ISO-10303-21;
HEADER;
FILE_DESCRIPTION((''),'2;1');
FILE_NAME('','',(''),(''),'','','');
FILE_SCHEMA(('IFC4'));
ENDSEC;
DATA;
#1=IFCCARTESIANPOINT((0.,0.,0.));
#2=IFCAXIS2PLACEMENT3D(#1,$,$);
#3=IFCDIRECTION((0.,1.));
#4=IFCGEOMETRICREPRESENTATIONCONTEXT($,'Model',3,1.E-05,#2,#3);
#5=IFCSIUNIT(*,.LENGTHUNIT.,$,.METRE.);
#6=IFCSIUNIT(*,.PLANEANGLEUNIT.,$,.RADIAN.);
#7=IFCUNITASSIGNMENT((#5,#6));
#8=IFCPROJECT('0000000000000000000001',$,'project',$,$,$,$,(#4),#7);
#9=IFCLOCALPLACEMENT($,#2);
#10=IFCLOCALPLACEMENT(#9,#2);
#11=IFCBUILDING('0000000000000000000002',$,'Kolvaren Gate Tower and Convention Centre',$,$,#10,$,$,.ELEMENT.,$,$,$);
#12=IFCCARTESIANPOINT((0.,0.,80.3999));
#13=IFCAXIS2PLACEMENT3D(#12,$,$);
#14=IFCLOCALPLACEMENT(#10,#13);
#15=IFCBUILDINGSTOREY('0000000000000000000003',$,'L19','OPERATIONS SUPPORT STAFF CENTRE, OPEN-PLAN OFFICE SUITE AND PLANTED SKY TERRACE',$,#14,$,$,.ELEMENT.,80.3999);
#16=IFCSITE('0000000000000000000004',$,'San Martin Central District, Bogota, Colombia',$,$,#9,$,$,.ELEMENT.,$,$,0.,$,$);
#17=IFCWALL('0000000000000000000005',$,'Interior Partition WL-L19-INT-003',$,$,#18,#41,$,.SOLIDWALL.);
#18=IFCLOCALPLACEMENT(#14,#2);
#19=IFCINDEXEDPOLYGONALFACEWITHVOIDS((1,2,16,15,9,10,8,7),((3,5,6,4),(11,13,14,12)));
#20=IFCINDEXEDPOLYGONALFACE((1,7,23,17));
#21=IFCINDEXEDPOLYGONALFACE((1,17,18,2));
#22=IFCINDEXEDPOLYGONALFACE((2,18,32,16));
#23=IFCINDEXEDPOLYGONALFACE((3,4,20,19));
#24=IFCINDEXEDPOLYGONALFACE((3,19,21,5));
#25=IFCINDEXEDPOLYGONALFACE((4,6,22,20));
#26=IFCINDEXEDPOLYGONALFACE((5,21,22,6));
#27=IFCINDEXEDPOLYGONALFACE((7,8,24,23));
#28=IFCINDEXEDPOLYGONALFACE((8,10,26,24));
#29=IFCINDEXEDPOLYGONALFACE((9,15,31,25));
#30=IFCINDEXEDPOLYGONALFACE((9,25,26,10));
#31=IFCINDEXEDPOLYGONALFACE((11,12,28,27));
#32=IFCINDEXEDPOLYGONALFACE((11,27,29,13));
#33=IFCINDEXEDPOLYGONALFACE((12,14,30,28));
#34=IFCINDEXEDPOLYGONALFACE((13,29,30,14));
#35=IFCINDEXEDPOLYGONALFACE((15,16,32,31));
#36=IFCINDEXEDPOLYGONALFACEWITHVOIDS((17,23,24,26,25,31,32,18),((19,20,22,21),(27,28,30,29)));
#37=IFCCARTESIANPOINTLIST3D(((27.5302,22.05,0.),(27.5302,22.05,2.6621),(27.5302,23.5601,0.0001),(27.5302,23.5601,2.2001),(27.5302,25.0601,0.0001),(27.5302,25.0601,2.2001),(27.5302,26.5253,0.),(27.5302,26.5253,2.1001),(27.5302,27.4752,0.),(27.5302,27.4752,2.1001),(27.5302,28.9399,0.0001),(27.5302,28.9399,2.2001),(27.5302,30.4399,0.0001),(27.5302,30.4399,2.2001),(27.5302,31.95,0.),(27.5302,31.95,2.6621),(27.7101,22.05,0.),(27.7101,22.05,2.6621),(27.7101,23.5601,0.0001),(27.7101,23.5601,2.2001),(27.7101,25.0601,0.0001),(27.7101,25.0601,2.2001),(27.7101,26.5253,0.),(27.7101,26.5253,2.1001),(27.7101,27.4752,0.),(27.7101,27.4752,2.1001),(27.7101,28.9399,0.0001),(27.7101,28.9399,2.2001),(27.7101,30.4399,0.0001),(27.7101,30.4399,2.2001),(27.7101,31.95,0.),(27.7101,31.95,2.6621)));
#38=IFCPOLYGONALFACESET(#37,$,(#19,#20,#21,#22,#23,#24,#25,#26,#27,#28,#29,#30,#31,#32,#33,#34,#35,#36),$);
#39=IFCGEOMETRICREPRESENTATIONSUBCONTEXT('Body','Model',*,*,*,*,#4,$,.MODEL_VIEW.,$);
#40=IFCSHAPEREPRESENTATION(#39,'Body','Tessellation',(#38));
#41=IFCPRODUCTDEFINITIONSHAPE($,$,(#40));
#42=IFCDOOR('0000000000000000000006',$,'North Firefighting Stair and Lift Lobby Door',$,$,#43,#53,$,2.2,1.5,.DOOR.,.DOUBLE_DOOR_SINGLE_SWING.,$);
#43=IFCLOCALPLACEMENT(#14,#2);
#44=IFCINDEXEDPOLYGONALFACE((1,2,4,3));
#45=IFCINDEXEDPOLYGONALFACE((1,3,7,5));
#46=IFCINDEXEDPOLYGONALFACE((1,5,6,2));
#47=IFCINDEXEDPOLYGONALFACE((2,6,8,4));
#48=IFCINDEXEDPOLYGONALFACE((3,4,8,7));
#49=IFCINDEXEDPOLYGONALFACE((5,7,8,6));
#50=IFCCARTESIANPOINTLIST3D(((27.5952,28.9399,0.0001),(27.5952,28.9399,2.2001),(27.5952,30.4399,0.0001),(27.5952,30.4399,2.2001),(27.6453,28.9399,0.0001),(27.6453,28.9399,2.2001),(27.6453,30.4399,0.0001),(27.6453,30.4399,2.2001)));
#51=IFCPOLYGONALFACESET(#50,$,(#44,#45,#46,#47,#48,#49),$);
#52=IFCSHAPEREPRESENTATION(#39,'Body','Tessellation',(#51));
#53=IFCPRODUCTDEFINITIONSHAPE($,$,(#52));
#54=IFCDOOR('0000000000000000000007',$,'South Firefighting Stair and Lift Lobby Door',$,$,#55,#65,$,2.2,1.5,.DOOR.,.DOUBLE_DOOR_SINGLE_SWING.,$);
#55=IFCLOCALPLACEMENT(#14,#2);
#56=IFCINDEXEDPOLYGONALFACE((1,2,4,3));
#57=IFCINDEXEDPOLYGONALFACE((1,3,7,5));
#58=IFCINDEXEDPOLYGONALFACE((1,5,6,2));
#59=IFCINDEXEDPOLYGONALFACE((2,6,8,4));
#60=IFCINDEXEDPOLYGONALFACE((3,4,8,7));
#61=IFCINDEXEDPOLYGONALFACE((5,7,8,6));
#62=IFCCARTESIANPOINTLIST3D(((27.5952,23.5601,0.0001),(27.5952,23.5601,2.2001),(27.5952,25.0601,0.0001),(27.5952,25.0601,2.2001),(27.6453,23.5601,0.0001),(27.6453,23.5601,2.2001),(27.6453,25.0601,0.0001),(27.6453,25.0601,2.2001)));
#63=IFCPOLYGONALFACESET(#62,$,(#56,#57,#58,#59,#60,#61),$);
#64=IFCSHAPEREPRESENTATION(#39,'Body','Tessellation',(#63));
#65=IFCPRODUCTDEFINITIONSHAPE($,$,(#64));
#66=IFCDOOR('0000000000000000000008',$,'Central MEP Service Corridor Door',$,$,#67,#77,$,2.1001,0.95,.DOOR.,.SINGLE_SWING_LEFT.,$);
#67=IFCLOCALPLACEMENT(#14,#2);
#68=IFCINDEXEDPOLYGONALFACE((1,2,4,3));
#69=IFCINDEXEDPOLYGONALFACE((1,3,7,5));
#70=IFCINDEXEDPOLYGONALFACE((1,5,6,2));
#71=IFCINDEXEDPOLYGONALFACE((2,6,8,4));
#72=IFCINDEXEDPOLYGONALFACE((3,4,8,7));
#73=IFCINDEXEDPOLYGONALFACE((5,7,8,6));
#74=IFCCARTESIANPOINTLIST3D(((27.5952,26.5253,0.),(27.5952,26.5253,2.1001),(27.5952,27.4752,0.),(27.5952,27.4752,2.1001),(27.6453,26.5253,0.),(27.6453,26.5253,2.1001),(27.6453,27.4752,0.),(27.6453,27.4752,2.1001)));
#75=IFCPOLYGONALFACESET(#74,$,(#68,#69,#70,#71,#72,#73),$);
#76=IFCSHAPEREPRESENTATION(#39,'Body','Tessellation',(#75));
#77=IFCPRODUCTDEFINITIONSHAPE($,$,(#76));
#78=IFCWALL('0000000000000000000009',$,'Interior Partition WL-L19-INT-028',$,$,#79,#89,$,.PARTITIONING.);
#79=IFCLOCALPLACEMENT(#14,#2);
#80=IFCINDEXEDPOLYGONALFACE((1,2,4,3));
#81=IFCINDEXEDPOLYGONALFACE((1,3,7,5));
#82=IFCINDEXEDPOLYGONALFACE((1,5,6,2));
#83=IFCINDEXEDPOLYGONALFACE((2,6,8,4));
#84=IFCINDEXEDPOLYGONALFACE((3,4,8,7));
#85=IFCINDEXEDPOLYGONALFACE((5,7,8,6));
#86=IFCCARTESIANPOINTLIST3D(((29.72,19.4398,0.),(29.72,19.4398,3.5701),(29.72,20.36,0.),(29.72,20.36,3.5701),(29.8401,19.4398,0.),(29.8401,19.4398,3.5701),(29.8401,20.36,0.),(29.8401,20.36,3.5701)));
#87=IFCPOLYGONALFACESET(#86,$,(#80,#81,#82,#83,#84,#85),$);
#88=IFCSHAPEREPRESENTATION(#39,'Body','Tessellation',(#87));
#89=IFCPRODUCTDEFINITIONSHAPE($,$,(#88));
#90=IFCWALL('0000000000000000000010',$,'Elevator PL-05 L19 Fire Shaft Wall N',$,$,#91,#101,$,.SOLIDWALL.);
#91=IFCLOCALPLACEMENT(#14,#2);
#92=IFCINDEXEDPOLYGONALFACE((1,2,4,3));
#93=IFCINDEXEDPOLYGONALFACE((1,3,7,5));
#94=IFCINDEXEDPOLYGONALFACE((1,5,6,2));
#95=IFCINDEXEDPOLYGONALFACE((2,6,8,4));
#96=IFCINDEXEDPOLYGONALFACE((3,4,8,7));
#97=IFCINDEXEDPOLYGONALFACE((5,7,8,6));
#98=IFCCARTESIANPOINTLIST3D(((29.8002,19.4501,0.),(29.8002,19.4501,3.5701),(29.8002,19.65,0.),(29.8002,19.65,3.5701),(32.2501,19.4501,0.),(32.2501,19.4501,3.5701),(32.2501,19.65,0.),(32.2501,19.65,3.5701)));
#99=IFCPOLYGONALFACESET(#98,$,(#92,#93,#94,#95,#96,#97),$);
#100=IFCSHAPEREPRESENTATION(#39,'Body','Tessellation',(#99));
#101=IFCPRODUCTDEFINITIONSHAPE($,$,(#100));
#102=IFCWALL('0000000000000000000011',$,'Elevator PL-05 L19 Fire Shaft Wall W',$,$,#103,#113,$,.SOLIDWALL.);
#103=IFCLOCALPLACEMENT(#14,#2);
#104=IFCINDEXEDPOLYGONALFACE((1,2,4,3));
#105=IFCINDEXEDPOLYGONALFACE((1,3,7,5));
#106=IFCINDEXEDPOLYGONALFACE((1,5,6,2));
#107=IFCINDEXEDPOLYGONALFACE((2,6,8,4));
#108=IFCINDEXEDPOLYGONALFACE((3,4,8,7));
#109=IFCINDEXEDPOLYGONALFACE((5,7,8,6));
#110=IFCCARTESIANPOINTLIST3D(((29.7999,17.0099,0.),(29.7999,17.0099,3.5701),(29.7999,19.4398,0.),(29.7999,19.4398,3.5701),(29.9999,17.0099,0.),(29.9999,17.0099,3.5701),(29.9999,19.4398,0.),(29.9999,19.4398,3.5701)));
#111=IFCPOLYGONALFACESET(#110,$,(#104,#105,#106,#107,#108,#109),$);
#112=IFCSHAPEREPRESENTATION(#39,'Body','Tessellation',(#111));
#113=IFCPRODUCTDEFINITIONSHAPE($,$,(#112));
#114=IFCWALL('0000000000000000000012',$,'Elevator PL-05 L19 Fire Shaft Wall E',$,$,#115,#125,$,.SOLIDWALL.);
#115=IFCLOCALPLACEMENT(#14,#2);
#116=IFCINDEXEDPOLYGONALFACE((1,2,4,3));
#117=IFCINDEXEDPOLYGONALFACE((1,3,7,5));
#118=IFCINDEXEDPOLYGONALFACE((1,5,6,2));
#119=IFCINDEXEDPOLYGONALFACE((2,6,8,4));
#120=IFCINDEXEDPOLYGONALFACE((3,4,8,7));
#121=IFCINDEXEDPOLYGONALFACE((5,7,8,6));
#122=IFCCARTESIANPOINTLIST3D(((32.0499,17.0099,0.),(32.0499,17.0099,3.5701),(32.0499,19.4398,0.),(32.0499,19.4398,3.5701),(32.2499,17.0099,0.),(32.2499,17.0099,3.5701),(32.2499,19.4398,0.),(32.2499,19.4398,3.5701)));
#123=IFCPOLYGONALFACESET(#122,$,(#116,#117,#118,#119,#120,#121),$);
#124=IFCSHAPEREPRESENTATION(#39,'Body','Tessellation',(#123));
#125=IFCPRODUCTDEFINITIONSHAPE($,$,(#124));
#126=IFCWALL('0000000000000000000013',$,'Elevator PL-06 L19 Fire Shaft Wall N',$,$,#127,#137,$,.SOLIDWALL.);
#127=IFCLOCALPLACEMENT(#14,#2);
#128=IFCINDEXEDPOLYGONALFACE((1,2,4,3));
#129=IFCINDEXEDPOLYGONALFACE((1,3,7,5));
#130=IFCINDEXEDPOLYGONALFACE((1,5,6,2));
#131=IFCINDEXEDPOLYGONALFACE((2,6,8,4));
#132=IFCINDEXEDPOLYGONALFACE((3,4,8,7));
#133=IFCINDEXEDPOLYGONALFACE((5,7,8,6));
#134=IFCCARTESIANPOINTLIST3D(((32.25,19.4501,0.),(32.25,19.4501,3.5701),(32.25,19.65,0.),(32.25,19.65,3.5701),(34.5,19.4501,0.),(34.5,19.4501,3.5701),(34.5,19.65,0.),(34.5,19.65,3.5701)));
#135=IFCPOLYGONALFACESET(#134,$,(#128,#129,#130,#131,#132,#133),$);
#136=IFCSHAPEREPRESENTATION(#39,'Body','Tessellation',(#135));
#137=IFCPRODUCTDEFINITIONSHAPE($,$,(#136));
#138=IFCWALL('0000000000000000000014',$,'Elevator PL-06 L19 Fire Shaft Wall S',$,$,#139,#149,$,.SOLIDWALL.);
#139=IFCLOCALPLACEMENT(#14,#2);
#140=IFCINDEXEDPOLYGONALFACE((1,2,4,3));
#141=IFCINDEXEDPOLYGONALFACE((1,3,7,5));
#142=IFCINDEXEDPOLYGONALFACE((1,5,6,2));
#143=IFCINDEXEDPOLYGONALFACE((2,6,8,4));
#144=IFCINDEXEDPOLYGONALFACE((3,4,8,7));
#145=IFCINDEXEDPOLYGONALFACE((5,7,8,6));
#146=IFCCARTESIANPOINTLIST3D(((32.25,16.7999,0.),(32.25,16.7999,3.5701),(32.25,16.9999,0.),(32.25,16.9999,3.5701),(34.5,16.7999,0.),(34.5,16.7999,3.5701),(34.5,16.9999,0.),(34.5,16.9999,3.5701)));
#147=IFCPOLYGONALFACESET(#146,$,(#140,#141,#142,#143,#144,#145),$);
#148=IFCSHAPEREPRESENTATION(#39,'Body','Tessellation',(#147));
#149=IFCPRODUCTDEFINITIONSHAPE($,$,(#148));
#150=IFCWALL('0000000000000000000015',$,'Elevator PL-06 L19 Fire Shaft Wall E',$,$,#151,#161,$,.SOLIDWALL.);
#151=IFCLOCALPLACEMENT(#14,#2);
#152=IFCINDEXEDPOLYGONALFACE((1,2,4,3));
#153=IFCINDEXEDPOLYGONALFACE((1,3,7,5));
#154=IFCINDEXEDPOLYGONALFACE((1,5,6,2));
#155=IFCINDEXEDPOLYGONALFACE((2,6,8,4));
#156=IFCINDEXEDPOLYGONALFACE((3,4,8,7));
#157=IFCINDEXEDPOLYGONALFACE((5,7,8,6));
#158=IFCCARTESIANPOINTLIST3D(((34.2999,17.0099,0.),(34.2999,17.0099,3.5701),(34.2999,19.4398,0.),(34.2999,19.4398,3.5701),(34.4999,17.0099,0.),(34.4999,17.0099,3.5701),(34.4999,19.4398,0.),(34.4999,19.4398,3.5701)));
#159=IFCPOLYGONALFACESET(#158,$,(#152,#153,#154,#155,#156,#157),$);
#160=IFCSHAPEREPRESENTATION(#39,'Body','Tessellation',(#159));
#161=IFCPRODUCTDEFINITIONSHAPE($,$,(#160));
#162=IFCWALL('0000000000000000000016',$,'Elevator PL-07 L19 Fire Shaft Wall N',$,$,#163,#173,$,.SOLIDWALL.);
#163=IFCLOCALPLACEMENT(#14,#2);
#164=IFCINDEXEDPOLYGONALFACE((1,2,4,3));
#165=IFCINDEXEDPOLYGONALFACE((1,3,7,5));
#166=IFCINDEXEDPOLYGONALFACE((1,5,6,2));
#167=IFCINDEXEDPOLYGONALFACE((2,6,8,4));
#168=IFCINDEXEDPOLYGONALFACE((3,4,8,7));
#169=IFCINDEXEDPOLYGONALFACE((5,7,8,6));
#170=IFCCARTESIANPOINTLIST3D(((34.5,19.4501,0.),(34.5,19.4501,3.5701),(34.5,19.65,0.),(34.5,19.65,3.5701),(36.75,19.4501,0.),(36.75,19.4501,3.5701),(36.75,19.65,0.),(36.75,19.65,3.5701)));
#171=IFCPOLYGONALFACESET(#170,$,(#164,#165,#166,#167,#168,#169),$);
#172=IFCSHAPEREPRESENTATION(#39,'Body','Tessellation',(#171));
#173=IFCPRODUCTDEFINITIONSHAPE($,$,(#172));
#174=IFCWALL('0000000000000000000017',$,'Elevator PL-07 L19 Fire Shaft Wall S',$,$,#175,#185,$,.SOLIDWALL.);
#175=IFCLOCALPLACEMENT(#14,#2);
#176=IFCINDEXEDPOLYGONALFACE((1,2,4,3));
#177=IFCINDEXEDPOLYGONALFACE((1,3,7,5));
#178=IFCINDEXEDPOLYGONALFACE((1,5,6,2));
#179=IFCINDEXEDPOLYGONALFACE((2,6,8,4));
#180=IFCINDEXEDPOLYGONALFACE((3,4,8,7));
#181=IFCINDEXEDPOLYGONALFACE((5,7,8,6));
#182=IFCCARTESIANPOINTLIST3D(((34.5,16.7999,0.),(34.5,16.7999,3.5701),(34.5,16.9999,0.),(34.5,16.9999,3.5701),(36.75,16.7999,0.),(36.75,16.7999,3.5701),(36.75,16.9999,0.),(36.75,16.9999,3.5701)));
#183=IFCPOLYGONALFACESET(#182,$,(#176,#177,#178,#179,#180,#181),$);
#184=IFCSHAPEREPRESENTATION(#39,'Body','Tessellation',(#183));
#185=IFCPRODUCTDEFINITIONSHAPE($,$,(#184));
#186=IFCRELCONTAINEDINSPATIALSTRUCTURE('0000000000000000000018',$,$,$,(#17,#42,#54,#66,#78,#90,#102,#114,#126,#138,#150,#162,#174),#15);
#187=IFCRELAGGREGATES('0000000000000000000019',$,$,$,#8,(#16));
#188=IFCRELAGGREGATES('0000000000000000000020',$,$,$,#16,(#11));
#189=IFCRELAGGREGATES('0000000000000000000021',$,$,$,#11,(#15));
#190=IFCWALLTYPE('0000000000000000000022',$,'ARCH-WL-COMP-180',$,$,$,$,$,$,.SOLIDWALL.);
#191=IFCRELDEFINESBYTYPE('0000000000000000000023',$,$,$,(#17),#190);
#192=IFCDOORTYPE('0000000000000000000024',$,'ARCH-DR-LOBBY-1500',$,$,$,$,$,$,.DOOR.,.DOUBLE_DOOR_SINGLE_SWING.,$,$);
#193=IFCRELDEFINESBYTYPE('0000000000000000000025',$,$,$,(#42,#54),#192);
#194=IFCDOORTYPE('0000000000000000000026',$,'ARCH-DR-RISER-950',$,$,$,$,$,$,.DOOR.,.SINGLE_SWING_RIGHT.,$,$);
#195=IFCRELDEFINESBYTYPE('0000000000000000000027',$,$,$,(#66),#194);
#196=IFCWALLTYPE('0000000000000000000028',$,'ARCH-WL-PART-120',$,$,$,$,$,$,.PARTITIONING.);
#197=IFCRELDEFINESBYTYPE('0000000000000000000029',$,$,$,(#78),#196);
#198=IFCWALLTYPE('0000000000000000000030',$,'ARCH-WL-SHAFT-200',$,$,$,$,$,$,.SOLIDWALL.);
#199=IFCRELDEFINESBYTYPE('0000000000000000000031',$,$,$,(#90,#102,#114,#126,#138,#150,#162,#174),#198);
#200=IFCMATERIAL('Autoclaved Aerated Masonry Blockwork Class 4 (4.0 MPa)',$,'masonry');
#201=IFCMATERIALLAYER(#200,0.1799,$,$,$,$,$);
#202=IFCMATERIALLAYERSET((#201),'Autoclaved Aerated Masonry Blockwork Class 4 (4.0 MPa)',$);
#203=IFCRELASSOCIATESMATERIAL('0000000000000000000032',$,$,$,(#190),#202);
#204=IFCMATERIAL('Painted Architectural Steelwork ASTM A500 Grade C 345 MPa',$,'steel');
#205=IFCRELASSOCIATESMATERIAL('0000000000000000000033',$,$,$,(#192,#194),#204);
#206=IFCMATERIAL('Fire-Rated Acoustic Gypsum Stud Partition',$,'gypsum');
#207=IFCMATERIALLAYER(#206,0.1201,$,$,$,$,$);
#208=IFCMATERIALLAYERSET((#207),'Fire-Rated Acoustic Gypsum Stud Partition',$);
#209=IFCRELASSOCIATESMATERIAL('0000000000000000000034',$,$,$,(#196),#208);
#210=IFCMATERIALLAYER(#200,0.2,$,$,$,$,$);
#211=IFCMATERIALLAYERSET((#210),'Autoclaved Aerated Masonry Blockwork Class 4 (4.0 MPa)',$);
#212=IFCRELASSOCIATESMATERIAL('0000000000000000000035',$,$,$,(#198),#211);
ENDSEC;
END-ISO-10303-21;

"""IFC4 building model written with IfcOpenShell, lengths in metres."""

from ifc_helpers import new_model, si_unit, direction, frame, frame_2d, origin, place, context, subcontext, project, spatial, rectangle, extrude, material, layer, layer_set, type_object, element, fill, save


model = new_model("IFC4")

# Units and contexts
model_context = context("Model", 3, precision=1e-05, world=origin(), true_north=direction((0.0, 1.0)))
body_context = subcontext(model_context, "Body", "Model", "MODEL_VIEW")
ifc_project = project(units=[si_unit("LENGTHUNIT", "METRE"), si_unit("PLANEANGLEUNIT", "RADIAN")], contexts=[model_context])

# Site, building, storey
site_placement = place(None, origin())
site = spatial("IfcSite", under=ifc_project, at=site_placement, Name="San Martin Central District, Bogota, Colombia", CompositionType="ELEMENT", RefElevation=0.0)
building_placement = place(site_placement, origin())
building = spatial("IfcBuilding", under=site, at=building_placement, Name="Kolvaren Gate Tower and Convention Centre", CompositionType="ELEMENT")
storey_placement = place(building_placement, frame((0.0, 0.0, 80.3999)))
storey = spatial("IfcBuildingStorey", under=building, at=storey_placement, Name="L19", Description="OPERATIONS SUPPORT STAFF CENTRE, OPEN-PLAN OFFICE SUITE AND PLANTED SKY TERRACE", CompositionType="ELEMENT", Elevation=80.3999)

# Wall, openings, doors
ifc_material_1 = material(Name="Autoclaved Aerated Masonry Blockwork Class 4 (4.0 MPa)", Category="masonry")
ifc_layer_1 = layer(ifc_material_1, 0.1799)
ifc_layer_set_1 = layer_set([ifc_layer_1], Name="Autoclaved Aerated Masonry Blockwork Class 4 (4.0 MPa)")
wall_type_1 = type_object("IfcWallType", Name="ARCH-WL-COMP-180", PredefinedType="SOLIDWALL", material=ifc_layer_set_1)
wall_1_placement = place(storey_placement, frame((27.6201, 22.05, 0.0), z_axis=(0.0, 0.0, 1.0), x_axis=(0.0, 1.0, 0.0)))
wall_1 = element("IfcWall", 1, at=wall_1_placement, inside=storey, type_object=wall_type_1, Name="Interior Partition WL-L19-INT-003", PredefinedType="SOLIDWALL", context=body_context, shape_type="SweptSolid", body=[
    extrude(rectangle(XDim=9.8999, YDim=0.1799, at=frame_2d((4.95, 0.0))), origin(), (0.0, 0.0, 1.0), 2.6621),
])
opening_1_placement = place(wall_1_placement, frame((4.4751, 0.0, 0.0)))
opening_1 = element("IfcOpeningElement", 2, at=opening_1_placement, cuts=wall_1, PredefinedType="OPENING", context=body_context, shape_type="SweptSolid", body=[
    extrude(rectangle(XDim=0.95, YDim=2.1001, at=frame_2d((0.4751, 1.05))), frame((0.0, 0.0999, 0.0), z_axis=(0.0, -1.0, 0.0), x_axis=(1.0, 0.0, 0.0)), (0.0, 0.0, 1.0), 0.2),
])
opening_2_placement = place(wall_1_placement, frame((6.8899, 0.0, 0.0)))
opening_2 = element("IfcOpeningElement", 3, at=opening_2_placement, cuts=wall_1, PredefinedType="OPENING", context=body_context, shape_type="SweptSolid", body=[
    extrude(rectangle(XDim=1.5, YDim=2.2, at=frame_2d((0.75, 1.1001))), frame((0.0, 0.0999, 0.0), z_axis=(0.0, -1.0, 0.0), x_axis=(1.0, 0.0, 0.0)), (0.0, 0.0, 1.0), 0.2),
])
opening_3_placement = place(wall_1_placement, frame((1.51, 0.0, 0.0)))
opening_3 = element("IfcOpeningElement", 4, at=opening_3_placement, cuts=wall_1, PredefinedType="OPENING", context=body_context, shape_type="SweptSolid", body=[
    extrude(rectangle(XDim=1.5, YDim=2.2, at=frame_2d((0.75, 1.1001))), frame((0.0, 0.0999, 0.0), z_axis=(0.0, -1.0, 0.0), x_axis=(1.0, 0.0, 0.0)), (0.0, 0.0, 1.0), 0.2),
])
ifc_material_2 = material(Name="Painted Architectural Steelwork ASTM A500 Grade C 345 MPa", Category="steel")
door_type_1 = type_object("IfcDoorType", Name="ARCH-DR-LOBBY-1500", OperationType="DOUBLE_DOOR_SINGLE_SWING", PredefinedType="DOOR", material=ifc_material_2)
door_1_placement = place(opening_2_placement, origin())
door_1 = element("IfcDoor", 5, at=door_1_placement, inside=storey, type_object=door_type_1, Name="North Firefighting Stair and Lift Lobby Door", OperationType="DOUBLE_DOOR_SINGLE_SWING", OverallHeight=2.2, OverallWidth=1.5, PredefinedType="DOOR", context=body_context, shape_type="SweptSolid", body=[
    extrude(rectangle(XDim=1.5, YDim=2.2, at=frame_2d((0.75, 1.1001))), frame((0.0, 0.0249, 0.0), z_axis=(0.0, -1.0, 0.0), x_axis=(1.0, 0.0, 0.0)), (0.0, 0.0, 1.0), 0.05),
])
fill(opening_2, door_1)
door_2_placement = place(opening_3_placement, origin())
door_2 = element("IfcDoor", 6, at=door_2_placement, inside=storey, type_object=door_type_1, Name="South Firefighting Stair and Lift Lobby Door", OperationType="DOUBLE_DOOR_SINGLE_SWING", OverallHeight=2.2, OverallWidth=1.5, PredefinedType="DOOR", context=body_context, shape_type="SweptSolid", body=[
    extrude(rectangle(XDim=1.5, YDim=2.2, at=frame_2d((0.75, 1.1001))), frame((0.0, 0.0249, 0.0), z_axis=(0.0, -1.0, 0.0), x_axis=(1.0, 0.0, 0.0)), (0.0, 0.0, 1.0), 0.05),
])
fill(opening_3, door_2)
door_type_2 = type_object("IfcDoorType", Name="ARCH-DR-RISER-950", OperationType="SINGLE_SWING_RIGHT", PredefinedType="DOOR", material=ifc_material_2)
door_3_placement = place(opening_1_placement, origin())
door_3 = element("IfcDoor", 7, at=door_3_placement, inside=storey, type_object=door_type_2, Name="Central MEP Service Corridor Door", OperationType="SINGLE_SWING_LEFT", OverallHeight=2.1001, OverallWidth=0.95, PredefinedType="DOOR", context=body_context, shape_type="SweptSolid", body=[
    extrude(rectangle(XDim=0.95, YDim=2.1001, at=frame_2d((0.4751, 1.05))), frame((0.0, 0.0249, 0.0), z_axis=(0.0, -1.0, 0.0), x_axis=(1.0, 0.0, 0.0)), (0.0, 0.0, 1.0), 0.05),
])
fill(opening_1, door_3)

# Walls
ifc_material_3 = material(Name="Fire-Rated Acoustic Gypsum Stud Partition", Category="gypsum")
ifc_layer_2 = layer(ifc_material_3, 0.1201)
ifc_layer_set_2 = layer_set([ifc_layer_2], Name="Fire-Rated Acoustic Gypsum Stud Partition")
wall_type_2 = type_object("IfcWallType", Name="ARCH-WL-PART-120", PredefinedType="PARTITIONING", material=ifc_layer_set_2)
wall_2_placement = place(storey_placement, frame((29.78, 19.4399, 0.0), z_axis=(0.0, 0.0, 1.0), x_axis=(0.0, 1.0, 0.0)))
element("IfcWall", 8, at=wall_2_placement, inside=storey, type_object=wall_type_2, Name="Interior Partition WL-L19-INT-028", PredefinedType="PARTITIONING", context=body_context, shape_type="SweptSolid", body=[
    extrude(rectangle(XDim=0.9202, YDim=0.1201, at=frame_2d((0.46, 0.0))), origin(), (0.0, 0.0, 1.0), 3.5701),
])
ifc_layer_3 = layer(ifc_material_1, 0.2)
ifc_layer_set_3 = layer_set([ifc_layer_3], Name="Autoclaved Aerated Masonry Blockwork Class 4 (4.0 MPa)")
wall_type_3 = type_object("IfcWallType", Name="ARCH-WL-SHAFT-200", PredefinedType="SOLIDWALL", material=ifc_layer_set_3)
wall_3_placement = place(storey_placement, frame((29.8, 19.55, 0.0), z_axis=(0.0, 0.0, 1.0), x_axis=(1.0, 0.0, 0.0)))
element("IfcWall", 9, at=wall_3_placement, inside=storey, type_object=wall_type_3, Name="Elevator PL-05 L19 Fire Shaft Wall N", PredefinedType="SOLIDWALL", context=body_context, shape_type="SweptSolid", body=[
    extrude(rectangle(XDim=2.45, YDim=0.2, at=frame_2d((1.2251, 0.0))), origin(), (0.0, 0.0, 1.0), 3.5701),
])
for number, where, z_axis, x_axis, name in (
    (10, (29.8999, 17.01, 0.0), (0.0, 0.0, 1.0), (0.0, 1.0, 0.0), "Elevator PL-05 L19 Fire Shaft Wall W"),
    (11, (32.1499, 17.01, 0.0), (0.0, 0.0, 1.0), (0.0, 1.0, 0.0), "Elevator PL-05 L19 Fire Shaft Wall E"),
):
    element("IfcWall", number, at=place(storey_placement, frame(where, z_axis=z_axis, x_axis=x_axis)), inside=storey, type_object=wall_type_3, Name=name, PredefinedType="SOLIDWALL", context=body_context, shape_type="SweptSolid", body=[
        extrude(rectangle(XDim=2.4299, YDim=0.2, at=frame_2d((1.2148, 0.0))), origin(), (0.0, 0.0, 1.0), 3.5701),
    ])
for number, where, z_axis, x_axis, name in (
    (12, (32.25, 19.55, 0.0), (0.0, 0.0, 1.0), (1.0, 0.0, 0.0), "Elevator PL-06 L19 Fire Shaft Wall N"),
    (13, (32.25, 16.8999, 0.0), (0.0, 0.0, 1.0), (1.0, 0.0, 0.0), "Elevator PL-06 L19 Fire Shaft Wall S"),
):
    element("IfcWall", number, at=place(storey_placement, frame(where, z_axis=z_axis, x_axis=x_axis)), inside=storey, type_object=wall_type_3, Name=name, PredefinedType="SOLIDWALL", context=body_context, shape_type="SweptSolid", body=[
        extrude(rectangle(XDim=2.25, YDim=0.2, at=frame_2d((1.125, 0.0))), origin(), (0.0, 0.0, 1.0), 3.5701),
    ])
wall_4_placement = place(storey_placement, frame((34.3999, 17.01, 0.0), z_axis=(0.0, 0.0, 1.0), x_axis=(0.0, 1.0, 0.0)))
element("IfcWall", 14, at=wall_4_placement, inside=storey, type_object=wall_type_3, Name="Elevator PL-06 L19 Fire Shaft Wall E", PredefinedType="SOLIDWALL", context=body_context, shape_type="SweptSolid", body=[
    extrude(rectangle(XDim=2.4299, YDim=0.2, at=frame_2d((1.2148, 0.0))), origin(), (0.0, 0.0, 1.0), 3.5701),
])
for number, where, z_axis, x_axis, name in (
    (15, (34.5, 19.55, 0.0), (0.0, 0.0, 1.0), (1.0, 0.0, 0.0), "Elevator PL-07 L19 Fire Shaft Wall N"),
    (16, (34.5, 16.8999, 0.0), (0.0, 0.0, 1.0), (1.0, 0.0, 0.0), "Elevator PL-07 L19 Fire Shaft Wall S"),
):
    element("IfcWall", number, at=place(storey_placement, frame(where, z_axis=z_axis, x_axis=x_axis)), inside=storey, type_object=wall_type_3, Name=name, PredefinedType="SOLIDWALL", context=body_context, shape_type="SweptSolid", body=[
        extrude(rectangle(XDim=2.25, YDim=0.2, at=frame_2d((1.125, 0.0))), origin(), (0.0, 0.0, 1.0), 3.5701),
    ])

save(model, "model.ifc")
